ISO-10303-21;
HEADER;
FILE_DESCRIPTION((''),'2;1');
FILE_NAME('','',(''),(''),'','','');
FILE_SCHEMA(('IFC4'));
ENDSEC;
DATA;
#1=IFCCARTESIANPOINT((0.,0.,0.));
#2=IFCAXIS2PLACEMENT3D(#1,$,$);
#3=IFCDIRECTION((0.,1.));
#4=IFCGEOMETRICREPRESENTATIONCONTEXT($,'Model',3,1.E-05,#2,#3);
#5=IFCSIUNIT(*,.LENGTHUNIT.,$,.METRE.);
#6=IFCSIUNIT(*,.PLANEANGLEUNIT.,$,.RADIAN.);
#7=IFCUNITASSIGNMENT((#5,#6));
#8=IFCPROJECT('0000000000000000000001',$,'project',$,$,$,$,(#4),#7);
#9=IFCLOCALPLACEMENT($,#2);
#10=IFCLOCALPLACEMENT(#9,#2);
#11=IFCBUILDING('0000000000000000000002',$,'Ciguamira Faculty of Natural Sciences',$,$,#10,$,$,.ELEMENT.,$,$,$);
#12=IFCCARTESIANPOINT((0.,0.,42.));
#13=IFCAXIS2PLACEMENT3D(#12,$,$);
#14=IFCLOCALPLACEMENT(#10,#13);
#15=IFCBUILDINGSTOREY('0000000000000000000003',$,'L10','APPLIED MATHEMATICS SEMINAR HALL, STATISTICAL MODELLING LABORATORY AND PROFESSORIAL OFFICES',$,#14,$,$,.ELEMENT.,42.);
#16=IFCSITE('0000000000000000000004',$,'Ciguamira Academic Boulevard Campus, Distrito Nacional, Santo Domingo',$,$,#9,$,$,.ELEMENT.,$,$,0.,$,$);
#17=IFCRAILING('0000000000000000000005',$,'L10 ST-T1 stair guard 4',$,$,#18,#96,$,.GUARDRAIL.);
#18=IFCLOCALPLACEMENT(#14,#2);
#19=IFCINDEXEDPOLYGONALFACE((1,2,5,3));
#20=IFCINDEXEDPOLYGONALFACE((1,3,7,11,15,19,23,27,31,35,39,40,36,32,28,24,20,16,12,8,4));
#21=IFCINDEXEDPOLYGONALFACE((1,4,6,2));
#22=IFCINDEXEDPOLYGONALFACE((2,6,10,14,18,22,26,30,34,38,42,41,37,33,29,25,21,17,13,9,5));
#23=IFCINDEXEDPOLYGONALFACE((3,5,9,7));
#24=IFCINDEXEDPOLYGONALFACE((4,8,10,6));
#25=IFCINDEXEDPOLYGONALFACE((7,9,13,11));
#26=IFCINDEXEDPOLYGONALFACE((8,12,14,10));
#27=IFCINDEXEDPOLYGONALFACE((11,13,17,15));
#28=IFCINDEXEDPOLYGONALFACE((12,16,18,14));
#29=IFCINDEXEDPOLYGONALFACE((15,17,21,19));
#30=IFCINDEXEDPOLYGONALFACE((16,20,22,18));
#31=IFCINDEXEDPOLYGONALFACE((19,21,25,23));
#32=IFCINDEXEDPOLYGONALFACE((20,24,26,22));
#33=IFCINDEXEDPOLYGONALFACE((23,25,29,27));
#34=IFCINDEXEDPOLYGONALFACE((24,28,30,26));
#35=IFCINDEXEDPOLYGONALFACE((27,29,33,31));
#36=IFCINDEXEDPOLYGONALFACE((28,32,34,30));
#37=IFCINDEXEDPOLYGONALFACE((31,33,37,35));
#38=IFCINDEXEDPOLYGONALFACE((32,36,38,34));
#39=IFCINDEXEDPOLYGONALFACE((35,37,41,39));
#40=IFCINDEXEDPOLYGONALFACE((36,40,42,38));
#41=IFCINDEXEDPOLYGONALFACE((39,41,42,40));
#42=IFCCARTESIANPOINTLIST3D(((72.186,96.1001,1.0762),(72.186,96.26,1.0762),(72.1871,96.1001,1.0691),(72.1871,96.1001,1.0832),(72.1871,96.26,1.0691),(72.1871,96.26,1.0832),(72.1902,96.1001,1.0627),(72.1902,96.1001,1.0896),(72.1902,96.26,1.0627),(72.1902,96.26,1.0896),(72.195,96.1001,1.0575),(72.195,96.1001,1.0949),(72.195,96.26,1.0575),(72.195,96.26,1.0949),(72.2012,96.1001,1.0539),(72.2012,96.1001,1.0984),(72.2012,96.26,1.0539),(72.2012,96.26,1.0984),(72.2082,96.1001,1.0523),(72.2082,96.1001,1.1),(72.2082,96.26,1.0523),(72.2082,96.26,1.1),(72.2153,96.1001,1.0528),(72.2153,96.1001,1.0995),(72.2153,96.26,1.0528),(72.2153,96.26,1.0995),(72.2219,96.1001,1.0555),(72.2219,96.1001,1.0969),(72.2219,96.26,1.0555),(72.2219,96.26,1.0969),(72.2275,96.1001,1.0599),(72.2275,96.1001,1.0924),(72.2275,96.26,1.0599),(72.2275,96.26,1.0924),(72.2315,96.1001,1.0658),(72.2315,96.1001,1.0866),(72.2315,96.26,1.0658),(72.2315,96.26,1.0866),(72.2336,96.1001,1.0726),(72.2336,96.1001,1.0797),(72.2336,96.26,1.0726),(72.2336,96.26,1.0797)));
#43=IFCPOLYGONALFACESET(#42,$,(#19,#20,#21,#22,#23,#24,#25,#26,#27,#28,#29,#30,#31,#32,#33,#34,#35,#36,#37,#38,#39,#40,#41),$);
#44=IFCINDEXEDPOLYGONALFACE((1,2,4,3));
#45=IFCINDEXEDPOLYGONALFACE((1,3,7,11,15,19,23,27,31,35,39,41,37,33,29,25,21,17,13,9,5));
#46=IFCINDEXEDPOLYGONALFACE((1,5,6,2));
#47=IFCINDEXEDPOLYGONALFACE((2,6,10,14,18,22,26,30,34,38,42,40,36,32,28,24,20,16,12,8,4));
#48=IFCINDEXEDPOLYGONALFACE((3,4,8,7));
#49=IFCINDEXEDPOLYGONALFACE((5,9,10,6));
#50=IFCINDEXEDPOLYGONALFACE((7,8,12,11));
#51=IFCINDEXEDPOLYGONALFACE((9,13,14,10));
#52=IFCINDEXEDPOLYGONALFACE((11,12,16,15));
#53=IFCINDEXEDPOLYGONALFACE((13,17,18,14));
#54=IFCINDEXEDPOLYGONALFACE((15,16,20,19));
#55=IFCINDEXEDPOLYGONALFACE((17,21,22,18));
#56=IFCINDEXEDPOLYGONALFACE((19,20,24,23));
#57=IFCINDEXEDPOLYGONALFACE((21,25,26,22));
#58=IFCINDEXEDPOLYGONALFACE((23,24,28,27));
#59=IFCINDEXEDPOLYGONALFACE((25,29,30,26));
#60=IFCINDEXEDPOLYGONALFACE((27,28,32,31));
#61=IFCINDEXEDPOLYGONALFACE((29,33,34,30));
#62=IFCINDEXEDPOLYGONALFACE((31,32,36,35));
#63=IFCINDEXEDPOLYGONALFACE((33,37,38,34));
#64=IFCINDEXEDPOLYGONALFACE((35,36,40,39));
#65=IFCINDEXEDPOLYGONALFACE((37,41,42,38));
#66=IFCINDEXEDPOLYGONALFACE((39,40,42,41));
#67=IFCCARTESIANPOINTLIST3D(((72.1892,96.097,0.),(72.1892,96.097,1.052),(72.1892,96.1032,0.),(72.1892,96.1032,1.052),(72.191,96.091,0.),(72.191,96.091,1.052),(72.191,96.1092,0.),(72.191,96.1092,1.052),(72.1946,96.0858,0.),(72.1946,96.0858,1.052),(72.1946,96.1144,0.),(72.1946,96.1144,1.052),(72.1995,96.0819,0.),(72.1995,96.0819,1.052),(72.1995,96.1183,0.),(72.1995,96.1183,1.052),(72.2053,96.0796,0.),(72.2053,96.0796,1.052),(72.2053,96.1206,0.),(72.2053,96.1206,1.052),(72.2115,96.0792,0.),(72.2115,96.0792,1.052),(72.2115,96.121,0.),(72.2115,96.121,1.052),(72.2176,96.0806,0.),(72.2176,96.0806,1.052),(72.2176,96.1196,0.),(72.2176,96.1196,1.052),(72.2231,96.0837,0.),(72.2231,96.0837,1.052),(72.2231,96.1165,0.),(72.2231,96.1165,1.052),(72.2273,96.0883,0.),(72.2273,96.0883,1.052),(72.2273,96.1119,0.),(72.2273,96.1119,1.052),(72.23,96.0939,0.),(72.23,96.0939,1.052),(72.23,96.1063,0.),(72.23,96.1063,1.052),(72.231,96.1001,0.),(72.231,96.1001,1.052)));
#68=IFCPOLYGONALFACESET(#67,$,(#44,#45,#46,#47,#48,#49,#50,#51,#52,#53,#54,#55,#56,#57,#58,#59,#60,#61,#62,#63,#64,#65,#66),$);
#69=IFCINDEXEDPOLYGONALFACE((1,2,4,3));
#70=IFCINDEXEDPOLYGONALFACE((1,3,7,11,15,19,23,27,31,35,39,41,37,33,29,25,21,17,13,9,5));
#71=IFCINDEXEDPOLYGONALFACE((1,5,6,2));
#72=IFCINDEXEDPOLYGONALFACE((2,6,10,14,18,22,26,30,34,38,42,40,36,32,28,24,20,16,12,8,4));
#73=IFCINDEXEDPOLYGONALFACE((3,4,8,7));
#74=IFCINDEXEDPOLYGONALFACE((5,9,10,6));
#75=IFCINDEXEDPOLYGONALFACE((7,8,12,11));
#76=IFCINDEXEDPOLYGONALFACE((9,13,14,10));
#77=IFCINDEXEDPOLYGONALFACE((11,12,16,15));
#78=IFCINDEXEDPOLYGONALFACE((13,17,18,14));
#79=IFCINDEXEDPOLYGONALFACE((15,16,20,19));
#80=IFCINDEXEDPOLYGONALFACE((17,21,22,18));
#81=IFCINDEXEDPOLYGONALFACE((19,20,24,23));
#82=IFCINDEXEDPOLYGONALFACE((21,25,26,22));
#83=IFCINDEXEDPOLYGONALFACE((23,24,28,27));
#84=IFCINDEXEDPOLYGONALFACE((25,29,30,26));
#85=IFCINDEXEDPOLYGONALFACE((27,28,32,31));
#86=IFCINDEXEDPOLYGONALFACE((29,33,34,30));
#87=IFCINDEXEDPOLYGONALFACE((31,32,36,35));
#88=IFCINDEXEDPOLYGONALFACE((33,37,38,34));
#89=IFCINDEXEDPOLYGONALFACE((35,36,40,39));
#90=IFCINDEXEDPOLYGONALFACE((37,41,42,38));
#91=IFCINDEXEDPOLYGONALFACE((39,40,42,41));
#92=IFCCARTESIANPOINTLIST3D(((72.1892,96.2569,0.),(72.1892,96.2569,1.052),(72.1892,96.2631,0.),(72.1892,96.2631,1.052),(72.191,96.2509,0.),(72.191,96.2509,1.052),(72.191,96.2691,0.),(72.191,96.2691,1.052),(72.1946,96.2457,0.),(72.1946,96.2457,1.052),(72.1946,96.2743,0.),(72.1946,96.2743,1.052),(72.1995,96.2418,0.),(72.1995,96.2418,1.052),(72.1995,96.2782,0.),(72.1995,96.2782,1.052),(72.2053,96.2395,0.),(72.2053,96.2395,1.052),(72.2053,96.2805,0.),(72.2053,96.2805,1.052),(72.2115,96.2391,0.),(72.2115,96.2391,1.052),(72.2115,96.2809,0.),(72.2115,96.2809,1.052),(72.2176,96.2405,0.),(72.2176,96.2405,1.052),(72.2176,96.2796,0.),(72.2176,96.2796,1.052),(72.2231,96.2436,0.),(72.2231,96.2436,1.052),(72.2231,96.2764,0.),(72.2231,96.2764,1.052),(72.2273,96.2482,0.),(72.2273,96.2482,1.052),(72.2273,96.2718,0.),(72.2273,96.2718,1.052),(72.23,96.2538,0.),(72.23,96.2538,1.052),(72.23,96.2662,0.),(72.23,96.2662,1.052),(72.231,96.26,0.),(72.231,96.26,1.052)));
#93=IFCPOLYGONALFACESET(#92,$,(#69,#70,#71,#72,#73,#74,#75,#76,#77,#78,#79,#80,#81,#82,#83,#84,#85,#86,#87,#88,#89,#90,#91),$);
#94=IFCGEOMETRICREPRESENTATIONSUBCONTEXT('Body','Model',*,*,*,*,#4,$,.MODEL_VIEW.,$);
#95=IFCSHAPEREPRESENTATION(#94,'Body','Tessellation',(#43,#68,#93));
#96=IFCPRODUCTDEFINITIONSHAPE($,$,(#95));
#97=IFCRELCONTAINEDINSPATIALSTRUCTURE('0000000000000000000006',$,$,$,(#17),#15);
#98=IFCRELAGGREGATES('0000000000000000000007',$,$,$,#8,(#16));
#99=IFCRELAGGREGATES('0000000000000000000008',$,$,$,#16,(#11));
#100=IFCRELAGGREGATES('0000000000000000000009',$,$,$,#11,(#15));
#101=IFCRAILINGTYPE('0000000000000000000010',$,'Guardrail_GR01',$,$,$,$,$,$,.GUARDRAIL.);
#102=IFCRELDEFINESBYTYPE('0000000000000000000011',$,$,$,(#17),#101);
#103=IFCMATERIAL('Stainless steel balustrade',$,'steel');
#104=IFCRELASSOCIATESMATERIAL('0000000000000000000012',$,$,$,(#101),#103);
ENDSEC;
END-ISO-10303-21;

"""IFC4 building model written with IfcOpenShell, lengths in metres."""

from ifc_helpers import new_model, si_unit, direction, frame, origin, origin_2d, place, context, subcontext, project, spatial, circle, extrude, material, type_object, element, save


model = new_model("IFC4")

# Units and contexts
model_context = context("Model", 3, precision=1e-05, world=origin(), true_north=direction((0.0, 1.0)))
body_context = subcontext(model_context, "Body", "Model", "MODEL_VIEW")
ifc_project = project(units=[si_unit("LENGTHUNIT", "METRE"), si_unit("PLANEANGLEUNIT", "RADIAN")], contexts=[model_context])

# Site, building, storey
site_placement = place(None, origin())
site = spatial("IfcSite", under=ifc_project, at=site_placement, Name="Ciguamira Academic Boulevard Campus, Distrito Nacional, Santo Domingo", CompositionType="ELEMENT", RefElevation=0.0)
building_placement = place(site_placement, origin())
building = spatial("IfcBuilding", under=site, at=building_placement, Name="Ciguamira Faculty of Natural Sciences", CompositionType="ELEMENT")
storey_placement = place(building_placement, frame((0.0, 0.0, 42.0)))
storey = spatial("IfcBuildingStorey", under=building, at=storey_placement, Name="L10", Description="APPLIED MATHEMATICS SEMINAR HALL, STATISTICAL MODELLING LABORATORY AND PROFESSORIAL OFFICES", CompositionType="ELEMENT", Elevation=42.0)

# Railing
ifc_material_1 = material(Name="Stainless steel balustrade", Category="steel")
railing_type_1 = type_object("IfcRailingType", Name="Guardrail_GR01", PredefinedType="GUARDRAIL", material=ifc_material_1)
railing_1_placement = place(storey_placement, frame((72.21, 96.1001, 0.0)))
element("IfcRailing", 1, at=railing_1_placement, inside=storey, type_object=railing_type_1, Name="L10 ST-T1 stair guard 4", PredefinedType="GUARDRAIL", context=body_context, shape_type="SweptSolid", body=[
    extrude(circle(Radius=0.0239, at=origin_2d()), frame((0.0, 0.0, 1.0762), z_axis=(0.0, 1.0, 0.0), x_axis=(-1.0, 0.0, 0.0)), (0.0, 0.0, 1.0), 0.1599),
    extrude(circle(Radius=0.021, at=origin_2d()), origin(), (0.0, 0.0, 1.0), 1.052),
    extrude(circle(Radius=0.021, at=origin_2d()), frame((0.0, 0.1599, 0.0)), (0.0, 0.0, 1.0), 1.052),
])

save(model, "model.ifc")
